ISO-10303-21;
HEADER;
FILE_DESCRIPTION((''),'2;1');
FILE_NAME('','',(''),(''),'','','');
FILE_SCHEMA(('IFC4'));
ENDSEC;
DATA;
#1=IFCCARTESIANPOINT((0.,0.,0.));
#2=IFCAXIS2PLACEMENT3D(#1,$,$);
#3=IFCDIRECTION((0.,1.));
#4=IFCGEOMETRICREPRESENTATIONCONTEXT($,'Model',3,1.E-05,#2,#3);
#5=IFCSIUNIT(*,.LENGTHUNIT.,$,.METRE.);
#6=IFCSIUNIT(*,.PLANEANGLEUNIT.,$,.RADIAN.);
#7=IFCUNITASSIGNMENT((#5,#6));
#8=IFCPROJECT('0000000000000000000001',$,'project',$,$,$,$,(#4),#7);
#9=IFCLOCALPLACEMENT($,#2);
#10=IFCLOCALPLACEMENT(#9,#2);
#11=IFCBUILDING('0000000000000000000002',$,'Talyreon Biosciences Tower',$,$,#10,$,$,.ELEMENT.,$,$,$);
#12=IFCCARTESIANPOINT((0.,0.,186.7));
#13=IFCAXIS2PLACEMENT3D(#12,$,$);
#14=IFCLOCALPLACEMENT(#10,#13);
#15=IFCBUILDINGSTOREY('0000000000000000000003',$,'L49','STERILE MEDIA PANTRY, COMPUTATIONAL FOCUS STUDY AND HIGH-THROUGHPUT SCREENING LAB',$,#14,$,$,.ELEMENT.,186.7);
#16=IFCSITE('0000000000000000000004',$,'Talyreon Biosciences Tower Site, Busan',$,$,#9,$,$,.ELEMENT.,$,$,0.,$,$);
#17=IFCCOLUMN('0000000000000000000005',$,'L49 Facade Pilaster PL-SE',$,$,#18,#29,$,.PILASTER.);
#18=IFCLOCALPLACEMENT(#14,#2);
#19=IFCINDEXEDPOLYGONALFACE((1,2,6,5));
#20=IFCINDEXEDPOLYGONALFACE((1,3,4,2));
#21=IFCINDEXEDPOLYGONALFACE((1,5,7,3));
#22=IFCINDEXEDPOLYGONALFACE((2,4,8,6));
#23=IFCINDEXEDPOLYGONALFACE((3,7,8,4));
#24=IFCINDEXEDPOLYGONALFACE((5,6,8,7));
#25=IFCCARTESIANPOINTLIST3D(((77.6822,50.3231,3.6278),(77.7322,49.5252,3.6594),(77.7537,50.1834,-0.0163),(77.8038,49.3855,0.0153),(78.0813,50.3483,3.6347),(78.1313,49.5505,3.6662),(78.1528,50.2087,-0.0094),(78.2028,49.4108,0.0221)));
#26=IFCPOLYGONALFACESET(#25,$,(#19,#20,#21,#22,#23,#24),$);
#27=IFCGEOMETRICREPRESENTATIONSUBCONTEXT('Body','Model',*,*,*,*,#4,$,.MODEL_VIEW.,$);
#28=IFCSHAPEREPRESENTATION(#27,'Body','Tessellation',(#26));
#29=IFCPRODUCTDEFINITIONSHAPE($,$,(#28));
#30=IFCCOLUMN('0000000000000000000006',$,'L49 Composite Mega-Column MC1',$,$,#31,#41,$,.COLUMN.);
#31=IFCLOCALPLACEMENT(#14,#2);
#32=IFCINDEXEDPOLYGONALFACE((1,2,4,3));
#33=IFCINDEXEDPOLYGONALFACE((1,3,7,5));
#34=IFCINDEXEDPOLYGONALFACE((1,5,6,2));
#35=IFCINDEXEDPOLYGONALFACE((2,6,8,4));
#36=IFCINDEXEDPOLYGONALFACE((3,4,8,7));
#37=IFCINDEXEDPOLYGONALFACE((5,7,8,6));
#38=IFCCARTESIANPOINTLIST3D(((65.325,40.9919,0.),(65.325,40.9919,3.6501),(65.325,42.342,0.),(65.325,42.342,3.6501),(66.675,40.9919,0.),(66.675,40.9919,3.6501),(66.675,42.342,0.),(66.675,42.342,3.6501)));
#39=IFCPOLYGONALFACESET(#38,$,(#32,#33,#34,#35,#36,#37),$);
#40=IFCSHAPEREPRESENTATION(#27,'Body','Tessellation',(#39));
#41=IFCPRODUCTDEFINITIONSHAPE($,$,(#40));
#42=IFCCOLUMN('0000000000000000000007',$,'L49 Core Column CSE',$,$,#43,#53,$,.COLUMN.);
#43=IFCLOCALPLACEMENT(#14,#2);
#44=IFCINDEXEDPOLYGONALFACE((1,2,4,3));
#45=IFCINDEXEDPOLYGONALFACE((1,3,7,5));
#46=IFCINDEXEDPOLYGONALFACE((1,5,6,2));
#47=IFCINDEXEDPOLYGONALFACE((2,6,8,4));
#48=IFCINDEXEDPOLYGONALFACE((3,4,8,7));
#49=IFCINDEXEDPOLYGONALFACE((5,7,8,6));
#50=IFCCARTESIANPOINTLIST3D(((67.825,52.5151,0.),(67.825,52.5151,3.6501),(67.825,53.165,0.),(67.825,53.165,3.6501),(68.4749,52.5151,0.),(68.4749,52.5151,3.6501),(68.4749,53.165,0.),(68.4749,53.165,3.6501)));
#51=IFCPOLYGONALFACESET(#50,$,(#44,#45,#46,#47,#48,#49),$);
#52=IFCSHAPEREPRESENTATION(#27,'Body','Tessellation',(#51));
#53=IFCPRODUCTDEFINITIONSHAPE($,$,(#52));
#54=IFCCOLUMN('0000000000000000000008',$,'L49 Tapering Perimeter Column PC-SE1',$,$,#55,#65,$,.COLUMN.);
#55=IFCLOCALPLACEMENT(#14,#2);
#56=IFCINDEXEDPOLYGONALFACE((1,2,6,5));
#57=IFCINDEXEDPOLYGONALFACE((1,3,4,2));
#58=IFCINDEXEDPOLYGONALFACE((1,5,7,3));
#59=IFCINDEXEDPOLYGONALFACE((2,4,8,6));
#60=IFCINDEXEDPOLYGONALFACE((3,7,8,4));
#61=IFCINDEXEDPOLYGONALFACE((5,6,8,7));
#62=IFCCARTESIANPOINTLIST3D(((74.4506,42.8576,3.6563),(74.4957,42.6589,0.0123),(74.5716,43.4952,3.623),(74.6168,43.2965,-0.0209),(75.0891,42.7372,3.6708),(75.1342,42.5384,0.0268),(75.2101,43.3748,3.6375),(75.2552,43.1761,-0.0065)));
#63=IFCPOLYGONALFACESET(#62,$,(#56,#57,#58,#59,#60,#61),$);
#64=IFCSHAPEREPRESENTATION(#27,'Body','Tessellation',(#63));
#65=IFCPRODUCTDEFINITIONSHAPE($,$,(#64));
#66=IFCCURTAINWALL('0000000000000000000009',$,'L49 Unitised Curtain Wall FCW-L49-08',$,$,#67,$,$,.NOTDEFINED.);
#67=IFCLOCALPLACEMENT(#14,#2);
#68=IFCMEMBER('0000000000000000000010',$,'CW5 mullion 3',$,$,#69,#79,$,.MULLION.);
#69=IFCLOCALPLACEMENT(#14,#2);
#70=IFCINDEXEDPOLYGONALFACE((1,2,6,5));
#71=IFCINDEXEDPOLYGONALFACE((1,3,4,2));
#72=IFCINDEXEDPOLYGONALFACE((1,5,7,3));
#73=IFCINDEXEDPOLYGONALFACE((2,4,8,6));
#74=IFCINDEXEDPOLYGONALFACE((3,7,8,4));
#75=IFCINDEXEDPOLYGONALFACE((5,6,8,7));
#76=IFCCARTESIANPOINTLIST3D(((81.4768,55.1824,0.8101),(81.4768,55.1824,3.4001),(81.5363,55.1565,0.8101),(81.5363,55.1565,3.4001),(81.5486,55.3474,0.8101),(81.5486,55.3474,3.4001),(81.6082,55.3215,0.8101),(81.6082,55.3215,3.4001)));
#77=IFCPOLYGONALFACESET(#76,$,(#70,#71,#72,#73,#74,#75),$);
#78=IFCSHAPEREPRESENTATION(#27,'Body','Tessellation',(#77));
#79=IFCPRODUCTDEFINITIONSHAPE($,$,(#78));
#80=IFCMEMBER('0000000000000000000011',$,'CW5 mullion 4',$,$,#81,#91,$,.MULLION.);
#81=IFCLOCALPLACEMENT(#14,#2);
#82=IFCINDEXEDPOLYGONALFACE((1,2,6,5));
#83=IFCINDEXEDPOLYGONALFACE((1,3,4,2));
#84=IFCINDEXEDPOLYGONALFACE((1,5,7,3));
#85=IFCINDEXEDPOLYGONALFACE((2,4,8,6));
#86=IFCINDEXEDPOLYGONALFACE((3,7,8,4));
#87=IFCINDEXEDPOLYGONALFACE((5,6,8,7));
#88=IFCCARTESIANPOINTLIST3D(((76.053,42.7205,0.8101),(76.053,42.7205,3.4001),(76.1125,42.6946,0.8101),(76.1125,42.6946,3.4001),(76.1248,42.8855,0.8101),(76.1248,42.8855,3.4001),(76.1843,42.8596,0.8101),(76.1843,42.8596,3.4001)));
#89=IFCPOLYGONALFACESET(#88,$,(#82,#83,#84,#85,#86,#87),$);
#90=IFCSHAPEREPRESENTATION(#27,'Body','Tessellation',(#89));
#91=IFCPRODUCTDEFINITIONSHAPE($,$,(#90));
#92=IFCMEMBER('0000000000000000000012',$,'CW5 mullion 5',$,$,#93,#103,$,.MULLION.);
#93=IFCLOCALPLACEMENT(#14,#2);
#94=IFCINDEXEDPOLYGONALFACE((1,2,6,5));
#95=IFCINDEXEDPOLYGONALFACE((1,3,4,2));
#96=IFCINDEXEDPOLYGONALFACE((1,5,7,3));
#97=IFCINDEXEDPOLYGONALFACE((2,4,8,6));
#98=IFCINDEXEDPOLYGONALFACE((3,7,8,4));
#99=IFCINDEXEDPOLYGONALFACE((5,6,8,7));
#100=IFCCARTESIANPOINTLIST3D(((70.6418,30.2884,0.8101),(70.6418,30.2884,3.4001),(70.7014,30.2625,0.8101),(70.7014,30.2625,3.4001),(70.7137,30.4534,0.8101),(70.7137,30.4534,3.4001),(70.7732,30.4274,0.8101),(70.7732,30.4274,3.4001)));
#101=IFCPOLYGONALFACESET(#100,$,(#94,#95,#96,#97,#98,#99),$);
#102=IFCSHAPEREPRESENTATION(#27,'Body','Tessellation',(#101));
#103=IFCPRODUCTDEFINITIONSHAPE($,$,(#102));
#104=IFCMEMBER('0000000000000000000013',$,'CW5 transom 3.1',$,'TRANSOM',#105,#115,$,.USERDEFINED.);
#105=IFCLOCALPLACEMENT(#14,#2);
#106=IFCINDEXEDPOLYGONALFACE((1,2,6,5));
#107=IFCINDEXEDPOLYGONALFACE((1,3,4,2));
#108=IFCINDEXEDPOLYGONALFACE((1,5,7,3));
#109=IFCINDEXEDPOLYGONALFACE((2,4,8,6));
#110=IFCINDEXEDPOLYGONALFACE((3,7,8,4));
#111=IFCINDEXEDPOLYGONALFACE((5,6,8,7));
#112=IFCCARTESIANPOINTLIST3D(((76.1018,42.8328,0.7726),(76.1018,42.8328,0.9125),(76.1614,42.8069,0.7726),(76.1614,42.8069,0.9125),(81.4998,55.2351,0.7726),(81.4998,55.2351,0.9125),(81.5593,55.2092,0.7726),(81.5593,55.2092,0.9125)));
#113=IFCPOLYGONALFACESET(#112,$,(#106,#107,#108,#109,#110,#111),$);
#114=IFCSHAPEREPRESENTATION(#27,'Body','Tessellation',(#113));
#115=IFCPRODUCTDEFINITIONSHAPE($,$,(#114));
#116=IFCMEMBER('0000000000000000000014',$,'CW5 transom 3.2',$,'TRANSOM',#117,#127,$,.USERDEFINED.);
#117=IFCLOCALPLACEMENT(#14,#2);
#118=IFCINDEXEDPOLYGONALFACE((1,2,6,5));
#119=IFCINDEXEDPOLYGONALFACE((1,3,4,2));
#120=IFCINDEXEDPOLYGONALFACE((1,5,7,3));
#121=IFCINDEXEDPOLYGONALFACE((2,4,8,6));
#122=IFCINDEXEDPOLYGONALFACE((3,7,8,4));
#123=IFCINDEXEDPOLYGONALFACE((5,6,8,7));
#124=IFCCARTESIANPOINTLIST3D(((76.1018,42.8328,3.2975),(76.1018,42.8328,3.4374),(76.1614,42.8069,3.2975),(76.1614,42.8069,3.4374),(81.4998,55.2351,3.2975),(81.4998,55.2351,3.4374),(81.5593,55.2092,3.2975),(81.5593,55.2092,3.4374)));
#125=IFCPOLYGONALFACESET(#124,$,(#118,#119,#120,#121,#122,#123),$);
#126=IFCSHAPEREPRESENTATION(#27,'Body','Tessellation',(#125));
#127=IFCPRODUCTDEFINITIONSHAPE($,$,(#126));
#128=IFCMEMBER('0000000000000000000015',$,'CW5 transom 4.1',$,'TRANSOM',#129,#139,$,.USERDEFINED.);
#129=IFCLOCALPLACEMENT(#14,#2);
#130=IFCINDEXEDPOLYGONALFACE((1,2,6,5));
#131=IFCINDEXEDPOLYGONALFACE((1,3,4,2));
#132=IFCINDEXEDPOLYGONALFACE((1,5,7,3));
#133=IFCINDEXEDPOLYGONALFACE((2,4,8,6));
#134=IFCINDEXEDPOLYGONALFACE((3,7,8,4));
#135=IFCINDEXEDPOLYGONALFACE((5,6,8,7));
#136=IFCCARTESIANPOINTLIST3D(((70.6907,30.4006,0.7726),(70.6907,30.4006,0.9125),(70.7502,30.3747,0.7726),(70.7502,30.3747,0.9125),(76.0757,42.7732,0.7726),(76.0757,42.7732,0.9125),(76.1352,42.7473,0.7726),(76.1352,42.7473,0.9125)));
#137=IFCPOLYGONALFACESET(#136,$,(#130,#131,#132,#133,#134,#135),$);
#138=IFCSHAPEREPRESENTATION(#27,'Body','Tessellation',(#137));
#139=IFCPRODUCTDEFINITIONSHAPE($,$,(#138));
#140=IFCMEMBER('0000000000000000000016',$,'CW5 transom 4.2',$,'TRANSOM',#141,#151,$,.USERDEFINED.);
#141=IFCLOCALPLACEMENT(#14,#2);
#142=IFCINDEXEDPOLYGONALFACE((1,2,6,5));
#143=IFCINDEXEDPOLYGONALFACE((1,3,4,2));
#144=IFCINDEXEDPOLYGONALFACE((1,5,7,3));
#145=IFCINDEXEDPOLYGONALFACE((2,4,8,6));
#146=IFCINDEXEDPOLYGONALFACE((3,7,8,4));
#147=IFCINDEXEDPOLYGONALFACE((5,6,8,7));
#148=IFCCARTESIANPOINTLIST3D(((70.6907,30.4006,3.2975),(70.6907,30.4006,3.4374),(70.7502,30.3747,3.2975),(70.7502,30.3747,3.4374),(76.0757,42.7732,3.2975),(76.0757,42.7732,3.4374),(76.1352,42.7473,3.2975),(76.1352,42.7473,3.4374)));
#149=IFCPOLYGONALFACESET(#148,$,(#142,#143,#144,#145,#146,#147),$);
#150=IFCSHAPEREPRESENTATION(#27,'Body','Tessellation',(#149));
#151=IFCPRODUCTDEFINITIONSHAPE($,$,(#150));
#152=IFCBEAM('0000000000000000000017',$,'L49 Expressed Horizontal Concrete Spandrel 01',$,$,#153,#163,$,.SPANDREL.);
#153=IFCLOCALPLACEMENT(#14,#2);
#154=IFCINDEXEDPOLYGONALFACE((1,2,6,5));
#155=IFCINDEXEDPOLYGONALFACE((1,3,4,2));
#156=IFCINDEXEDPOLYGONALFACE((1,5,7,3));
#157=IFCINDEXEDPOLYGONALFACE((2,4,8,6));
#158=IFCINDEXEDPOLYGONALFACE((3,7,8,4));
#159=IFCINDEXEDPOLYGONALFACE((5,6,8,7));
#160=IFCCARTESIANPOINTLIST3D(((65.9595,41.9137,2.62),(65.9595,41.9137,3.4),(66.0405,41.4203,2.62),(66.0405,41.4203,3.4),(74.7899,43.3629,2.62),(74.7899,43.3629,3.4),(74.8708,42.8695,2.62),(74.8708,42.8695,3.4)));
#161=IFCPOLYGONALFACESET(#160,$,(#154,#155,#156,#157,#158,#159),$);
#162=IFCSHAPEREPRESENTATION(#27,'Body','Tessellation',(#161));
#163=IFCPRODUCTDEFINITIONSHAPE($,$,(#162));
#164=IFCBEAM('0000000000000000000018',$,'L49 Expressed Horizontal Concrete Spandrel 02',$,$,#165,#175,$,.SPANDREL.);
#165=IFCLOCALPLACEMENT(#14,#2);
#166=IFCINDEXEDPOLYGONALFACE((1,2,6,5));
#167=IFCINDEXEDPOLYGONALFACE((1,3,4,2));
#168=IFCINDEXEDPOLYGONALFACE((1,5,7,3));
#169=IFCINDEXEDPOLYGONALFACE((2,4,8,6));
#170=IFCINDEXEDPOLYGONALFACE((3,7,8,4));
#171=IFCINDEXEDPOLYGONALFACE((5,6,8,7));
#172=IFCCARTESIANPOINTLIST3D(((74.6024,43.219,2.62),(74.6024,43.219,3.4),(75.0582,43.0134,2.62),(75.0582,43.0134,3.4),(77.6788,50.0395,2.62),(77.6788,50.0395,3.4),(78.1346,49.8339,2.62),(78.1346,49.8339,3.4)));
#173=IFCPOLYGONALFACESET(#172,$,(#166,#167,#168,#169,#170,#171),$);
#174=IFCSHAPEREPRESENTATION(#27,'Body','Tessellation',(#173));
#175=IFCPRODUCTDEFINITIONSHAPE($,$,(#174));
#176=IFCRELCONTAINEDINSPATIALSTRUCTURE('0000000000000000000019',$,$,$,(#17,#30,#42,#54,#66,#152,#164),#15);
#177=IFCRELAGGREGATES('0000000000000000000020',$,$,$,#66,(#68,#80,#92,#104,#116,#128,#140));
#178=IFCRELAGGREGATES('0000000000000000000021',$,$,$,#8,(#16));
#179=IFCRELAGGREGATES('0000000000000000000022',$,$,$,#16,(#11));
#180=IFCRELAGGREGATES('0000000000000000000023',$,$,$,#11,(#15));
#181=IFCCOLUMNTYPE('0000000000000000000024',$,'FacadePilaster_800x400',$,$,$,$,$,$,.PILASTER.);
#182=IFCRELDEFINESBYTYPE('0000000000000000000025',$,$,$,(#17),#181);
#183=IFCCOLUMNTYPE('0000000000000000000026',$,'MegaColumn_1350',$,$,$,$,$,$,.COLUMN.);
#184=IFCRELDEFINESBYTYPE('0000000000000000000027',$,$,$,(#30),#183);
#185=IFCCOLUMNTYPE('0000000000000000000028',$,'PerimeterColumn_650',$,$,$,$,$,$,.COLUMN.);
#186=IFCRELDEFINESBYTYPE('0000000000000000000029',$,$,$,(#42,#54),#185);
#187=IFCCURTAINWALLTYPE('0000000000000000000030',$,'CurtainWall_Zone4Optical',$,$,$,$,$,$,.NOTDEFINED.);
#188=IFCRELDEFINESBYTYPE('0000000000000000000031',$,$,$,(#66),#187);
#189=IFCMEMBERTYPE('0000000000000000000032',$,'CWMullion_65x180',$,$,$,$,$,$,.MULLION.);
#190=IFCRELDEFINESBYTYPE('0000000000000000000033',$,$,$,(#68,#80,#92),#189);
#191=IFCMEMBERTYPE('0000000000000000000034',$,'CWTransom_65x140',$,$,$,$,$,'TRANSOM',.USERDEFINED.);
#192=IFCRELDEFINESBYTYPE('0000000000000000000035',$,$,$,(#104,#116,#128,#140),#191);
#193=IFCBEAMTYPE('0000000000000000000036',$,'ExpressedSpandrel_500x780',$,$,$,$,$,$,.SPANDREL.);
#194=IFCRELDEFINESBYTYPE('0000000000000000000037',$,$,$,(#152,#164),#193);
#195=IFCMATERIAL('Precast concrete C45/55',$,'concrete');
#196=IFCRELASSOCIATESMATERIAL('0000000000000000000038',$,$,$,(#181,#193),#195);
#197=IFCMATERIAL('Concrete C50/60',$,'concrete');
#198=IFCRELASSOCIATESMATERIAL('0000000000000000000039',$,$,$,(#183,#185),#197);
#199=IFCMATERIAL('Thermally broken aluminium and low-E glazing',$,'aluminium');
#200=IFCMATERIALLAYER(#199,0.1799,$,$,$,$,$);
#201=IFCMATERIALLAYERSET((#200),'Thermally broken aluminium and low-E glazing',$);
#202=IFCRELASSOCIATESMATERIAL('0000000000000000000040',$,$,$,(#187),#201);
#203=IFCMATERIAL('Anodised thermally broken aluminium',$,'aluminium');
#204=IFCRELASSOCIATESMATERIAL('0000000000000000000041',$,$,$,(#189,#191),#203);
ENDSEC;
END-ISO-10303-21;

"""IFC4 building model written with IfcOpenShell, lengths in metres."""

from ifc_helpers import new_model, si_unit, direction, frame, origin, origin_2d, place, context, subcontext, project, spatial, rectangle, extrude, material, layer, layer_set, material_profile, profile_set, type_object, element, aggregate, save


model = new_model("IFC4")

# Units and contexts
model_context = context("Model", 3, precision=1e-05, world=origin(), true_north=direction((0.0, 1.0)))
body_context = subcontext(model_context, "Body", "Model", "MODEL_VIEW")
ifc_project = project(units=[si_unit("LENGTHUNIT", "METRE"), si_unit("PLANEANGLEUNIT", "RADIAN")], contexts=[model_context])

# Site, building, storey
site_placement = place(None, origin())
site = spatial("IfcSite", under=ifc_project, at=site_placement, Name="Talyreon Biosciences Tower Site, Busan", CompositionType="ELEMENT", RefElevation=0.0)
building_placement = place(site_placement, origin())
building = spatial("IfcBuilding", under=site, at=building_placement, Name="Talyreon Biosciences Tower", CompositionType="ELEMENT")
storey_placement = place(building_placement, frame((0.0, 0.0, 186.7)))
storey = spatial("IfcBuildingStorey", under=building, at=storey_placement, Name="L49", Description="STERILE MEDIA PANTRY, COMPUTATIONAL FOCUS STUDY AND HIGH-THROUGHPUT SCREENING LAB", CompositionType="ELEMENT", Elevation=186.7)

# Columns
ifc_material_1 = material(Name="Precast concrete C45/55", Category="concrete")
ifc_material_profile_1 = material_profile(ifc_material_1, rectangle(XDim=0.8, YDim=0.3999, at=origin_2d()), Name="RC 800x400")
ifc_profile_set_1 = profile_set([ifc_material_profile_1], Name="Precast concrete C45/55")
column_type_1 = type_object("IfcColumnType", Name="FacadePilaster_800x400", PredefinedType="PILASTER", material=ifc_profile_set_1)
column_1_placement = place(storey_placement, frame((77.9783, 49.7971, 0.0029), z_axis=(-0.019612, 0.038287, 0.999074), x_axis=(0.062512, -0.997264, 0.039445)))
element("IfcColumn", 1, at=column_1_placement, inside=storey, type_object=column_type_1, Name="L49 Facade Pilaster PL-SE", PredefinedType="PILASTER", context=body_context, shape_type="SweptSolid", body=[
    extrude(rectangle(XDim=0.8, YDim=0.3999, at=origin_2d()), origin(), (0.0, 0.0, 1.0), 3.6475),
])
ifc_material_2 = material(Name="Concrete C50/60", Category="concrete")
ifc_material_profile_2 = material_profile(ifc_material_2, rectangle(XDim=1.3501, YDim=1.3501, at=origin_2d()), Name="RC 1350x1350")
ifc_profile_set_2 = profile_set([ifc_material_profile_2], Name="Concrete C50/60")
column_type_2 = type_object("IfcColumnType", Name="MegaColumn_1350", PredefinedType="COLUMN", material=ifc_profile_set_2)
column_2_placement = place(storey_placement, frame((66.0, 41.667, 0.0), z_axis=(0.0, 0.0, 1.0), x_axis=(1.0, 0.0, 0.0)))
element("IfcColumn", 2, at=column_2_placement, inside=storey, type_object=column_type_2, Name="L49 Composite Mega-Column MC1", PredefinedType="COLUMN", context=body_context, shape_type="SweptSolid", body=[
    extrude(rectangle(XDim=1.3501, YDim=1.3501, at=origin_2d()), origin(), (0.0, 0.0, 1.0), 3.6501),
])
ifc_material_profile_3 = material_profile(ifc_material_2, rectangle(XDim=0.6499, YDim=0.6499, at=origin_2d()), Name="RC 650x650")
ifc_profile_set_3 = profile_set([ifc_material_profile_3], Name="Concrete C50/60")
column_type_3 = type_object("IfcColumnType", Name="PerimeterColumn_650", PredefinedType="COLUMN", material=ifc_profile_set_3)
column_3_placement = place(storey_placement, frame((68.1499, 52.8401, 0.0), z_axis=(0.0, 0.0, 1.0), x_axis=(1.0, 0.0, 0.0)))
element("IfcColumn", 3, at=column_3_placement, inside=storey, type_object=column_type_3, Name="L49 Core Column CSE", PredefinedType="COLUMN", context=body_context, shape_type="SweptSolid", body=[
    extrude(rectangle(XDim=0.6499, YDim=0.6499, at=origin_2d()), origin(), (0.0, 0.0, 1.0), 3.6501),
])
column_4_placement = place(storey_placement, frame((74.8755, 42.9175, 0.0029), z_axis=(-0.012375, 0.054451, 0.99844), x_axis=(-0.186202, -0.981176, 0.051201)))
element("IfcColumn", 4, at=column_4_placement, inside=storey, type_object=column_type_3, Name="L49 Tapering Perimeter Column PC-SE1", PredefinedType="COLUMN", context=body_context, shape_type="SweptSolid", body=[
    extrude(rectangle(XDim=0.6499, YDim=0.6499, at=origin_2d()), origin(), (0.0, 0.0, 1.0), 3.6497),
])

# Curtain wall, members
ifc_material_3 = material(Name="Thermally broken aluminium and low-E glazing", Category="aluminium")
ifc_layer_1 = layer(ifc_material_3, 0.1799)
ifc_layer_set_1 = layer_set([ifc_layer_1], Name="Thermally broken aluminium and low-E glazing")
curtain_wall_type = type_object("IfcCurtainWallType", Name="CurtainWall_Zone4Optical", PredefinedType="NOTDEFINED", material=ifc_layer_set_1)
curtain_wall_placement = place(storey_placement, origin())
curtain_wall = element("IfcCurtainWall", 5, at=curtain_wall_placement, inside=storey, type_object=curtain_wall_type, Name="L49 Unitised Curtain Wall FCW-L49-08", PredefinedType="NOTDEFINED")
ifc_material_4 = material(Name="Anodised thermally broken aluminium", Category="aluminium")
ifc_material_profile_4 = material_profile(ifc_material_4, rectangle(XDim=0.0649, YDim=0.1799, at=origin_2d()), Name="ALUM MULLION 65x180")
ifc_profile_set_4 = profile_set([ifc_material_profile_4], Name="Anodised thermally broken aluminium")
member_type_1 = type_object("IfcMemberType", Name="CWMullion_65x180", PredefinedType="MULLION", material=ifc_profile_set_4)
member_1_placement = place(storey_placement, frame((81.5425, 55.252, 0.8101), z_axis=(0.0, 0.0, 1.0), x_axis=(0.916912, -0.399089, 0.0)))
member_1 = element("IfcMember", 6, at=member_1_placement, type_object=member_type_1, Name="CW5 mullion 3", PredefinedType="MULLION", context=body_context, shape_type="SweptSolid", body=[
    extrude(rectangle(XDim=0.0649, YDim=0.1799, at=origin_2d()), origin(), (0.0, 0.0, 1.0), 2.5901),
])
member_2_placement = place(storey_placement, frame((76.1187, 42.79, 0.8101), z_axis=(0.0, 0.0, 1.0), x_axis=(0.916912, -0.399089, 0.0)))
member_2 = element("IfcMember", 7, at=member_2_placement, type_object=member_type_1, Name="CW5 mullion 4", PredefinedType="MULLION", context=body_context, shape_type="SweptSolid", body=[
    extrude(rectangle(XDim=0.0649, YDim=0.1799, at=origin_2d()), origin(), (0.0, 0.0, 1.0), 2.5901),
])
member_3_placement = place(storey_placement, frame((70.7075, 30.3579, 0.8101), z_axis=(0.0, 0.0, 1.0), x_axis=(0.916912, -0.399089, 0.0)))
member_3 = element("IfcMember", 8, at=member_3_placement, type_object=member_type_1, Name="CW5 mullion 5", PredefinedType="MULLION", context=body_context, shape_type="SweptSolid", body=[
    extrude(rectangle(XDim=0.0649, YDim=0.1799, at=origin_2d()), origin(), (0.0, 0.0, 1.0), 2.5901),
])
ifc_material_profile_5 = material_profile(ifc_material_4, rectangle(XDim=0.0649, YDim=0.1399, at=origin_2d()), Name="ALUM TRANSOM 65x140")
ifc_profile_set_5 = profile_set([ifc_material_profile_5], Name="Anodised thermally broken aluminium")
member_type_2 = type_object("IfcMemberType", Name="CWTransom_65x140", ElementType="TRANSOM", PredefinedType="USERDEFINED", material=ifc_profile_set_5)
member_4_placement = place(storey_placement, frame((81.5295, 55.2222, 0.8425), z_axis=(-0.399076, -0.916918, 0.0), x_axis=(0.916918, -0.399076, 0.0)))
member_4 = element("IfcMember", 9, at=member_4_placement, type_object=member_type_2, Name="CW5 transom 3.1", ObjectType="TRANSOM", PredefinedType="USERDEFINED", context=body_context, shape_type="SweptSolid", body=[
    extrude(rectangle(XDim=0.0649, YDim=0.1399, at=origin_2d()), origin(), (0.0, 0.0, 1.0), 13.5261),
])
member_5_placement = place(storey_placement, frame((81.5295, 55.2222, 3.3674), z_axis=(-0.399076, -0.916918, 0.0), x_axis=(0.916918, -0.399076, 0.0)))
member_5 = element("IfcMember", 10, at=member_5_placement, type_object=member_type_2, Name="CW5 transom 3.2", ObjectType="TRANSOM", PredefinedType="USERDEFINED", context=body_context, shape_type="SweptSolid", body=[
    extrude(rectangle(XDim=0.0649, YDim=0.1399, at=origin_2d()), origin(), (0.0, 0.0, 1.0), 13.5261),
])
member_6_placement = place(storey_placement, frame((76.1055, 42.7603, 0.8425), z_axis=(-0.399077, -0.916917, 0.0), x_axis=(0.916917, -0.399077, 0.0)))
member_6 = element("IfcMember", 11, at=member_6_placement, type_object=member_type_2, Name="CW5 transom 4.1", ObjectType="TRANSOM", PredefinedType="USERDEFINED", context=body_context, shape_type="SweptSolid", body=[
    extrude(rectangle(XDim=0.0649, YDim=0.1399, at=origin_2d()), origin(), (0.0, 0.0, 1.0), 13.4937),
])
member_7_placement = place(storey_placement, frame((76.1055, 42.7603, 3.3674), z_axis=(-0.399077, -0.916917, 0.0), x_axis=(0.916917, -0.399077, 0.0)))
member_7 = element("IfcMember", 12, at=member_7_placement, type_object=member_type_2, Name="CW5 transom 4.2", ObjectType="TRANSOM", PredefinedType="USERDEFINED", context=body_context, shape_type="SweptSolid", body=[
    extrude(rectangle(XDim=0.0649, YDim=0.1399, at=origin_2d()), origin(), (0.0, 0.0, 1.0), 13.4937),
])

# Beams
ifc_material_profile_6 = material_profile(ifc_material_1, rectangle(XDim=0.5, YDim=0.78, at=origin_2d()), Name="RCB 500x780")
ifc_profile_set_6 = profile_set([ifc_material_profile_6], Name="Precast concrete C45/55")
beam_type_1 = type_object("IfcBeamType", Name="ExpressedSpandrel_500x780", PredefinedType="SPANDREL", material=ifc_profile_set_6)
beam_1_placement = place(storey_placement, frame((66.0, 41.667, 3.01), z_axis=(0.986799, 0.161952, 0.0), x_axis=(-0.161952, 0.986799, 0.0)))
element("IfcBeam", 13, at=beam_1_placement, inside=storey, type_object=beam_type_1, Name="L49 Expressed Horizontal Concrete Spandrel 01", PredefinedType="SPANDREL", context=body_context, shape_type="SweptSolid", body=[
    extrude(rectangle(XDim=0.5, YDim=0.78, at=origin_2d()), origin(), (0.0, 0.0, 1.0), 8.9485),
])
beam_2_placement = place(storey_placement, frame((74.8303, 43.1162, 3.01), z_axis=(0.411161, 0.911563, 0.0), x_axis=(-0.911563, 0.411161, 0.0)))
element("IfcBeam", 14, at=beam_2_placement, inside=storey, type_object=beam_type_1, Name="L49 Expressed Horizontal Concrete Spandrel 02", PredefinedType="SPANDREL", context=body_context, shape_type="SweptSolid", body=[
    extrude(rectangle(XDim=0.5, YDim=0.78, at=origin_2d()), origin(), (0.0, 0.0, 1.0), 7.4822),
])

aggregate(curtain_wall, [member_1, member_2, member_3, member_4, member_5, member_6, member_7])

save(model, "model.ifc")
